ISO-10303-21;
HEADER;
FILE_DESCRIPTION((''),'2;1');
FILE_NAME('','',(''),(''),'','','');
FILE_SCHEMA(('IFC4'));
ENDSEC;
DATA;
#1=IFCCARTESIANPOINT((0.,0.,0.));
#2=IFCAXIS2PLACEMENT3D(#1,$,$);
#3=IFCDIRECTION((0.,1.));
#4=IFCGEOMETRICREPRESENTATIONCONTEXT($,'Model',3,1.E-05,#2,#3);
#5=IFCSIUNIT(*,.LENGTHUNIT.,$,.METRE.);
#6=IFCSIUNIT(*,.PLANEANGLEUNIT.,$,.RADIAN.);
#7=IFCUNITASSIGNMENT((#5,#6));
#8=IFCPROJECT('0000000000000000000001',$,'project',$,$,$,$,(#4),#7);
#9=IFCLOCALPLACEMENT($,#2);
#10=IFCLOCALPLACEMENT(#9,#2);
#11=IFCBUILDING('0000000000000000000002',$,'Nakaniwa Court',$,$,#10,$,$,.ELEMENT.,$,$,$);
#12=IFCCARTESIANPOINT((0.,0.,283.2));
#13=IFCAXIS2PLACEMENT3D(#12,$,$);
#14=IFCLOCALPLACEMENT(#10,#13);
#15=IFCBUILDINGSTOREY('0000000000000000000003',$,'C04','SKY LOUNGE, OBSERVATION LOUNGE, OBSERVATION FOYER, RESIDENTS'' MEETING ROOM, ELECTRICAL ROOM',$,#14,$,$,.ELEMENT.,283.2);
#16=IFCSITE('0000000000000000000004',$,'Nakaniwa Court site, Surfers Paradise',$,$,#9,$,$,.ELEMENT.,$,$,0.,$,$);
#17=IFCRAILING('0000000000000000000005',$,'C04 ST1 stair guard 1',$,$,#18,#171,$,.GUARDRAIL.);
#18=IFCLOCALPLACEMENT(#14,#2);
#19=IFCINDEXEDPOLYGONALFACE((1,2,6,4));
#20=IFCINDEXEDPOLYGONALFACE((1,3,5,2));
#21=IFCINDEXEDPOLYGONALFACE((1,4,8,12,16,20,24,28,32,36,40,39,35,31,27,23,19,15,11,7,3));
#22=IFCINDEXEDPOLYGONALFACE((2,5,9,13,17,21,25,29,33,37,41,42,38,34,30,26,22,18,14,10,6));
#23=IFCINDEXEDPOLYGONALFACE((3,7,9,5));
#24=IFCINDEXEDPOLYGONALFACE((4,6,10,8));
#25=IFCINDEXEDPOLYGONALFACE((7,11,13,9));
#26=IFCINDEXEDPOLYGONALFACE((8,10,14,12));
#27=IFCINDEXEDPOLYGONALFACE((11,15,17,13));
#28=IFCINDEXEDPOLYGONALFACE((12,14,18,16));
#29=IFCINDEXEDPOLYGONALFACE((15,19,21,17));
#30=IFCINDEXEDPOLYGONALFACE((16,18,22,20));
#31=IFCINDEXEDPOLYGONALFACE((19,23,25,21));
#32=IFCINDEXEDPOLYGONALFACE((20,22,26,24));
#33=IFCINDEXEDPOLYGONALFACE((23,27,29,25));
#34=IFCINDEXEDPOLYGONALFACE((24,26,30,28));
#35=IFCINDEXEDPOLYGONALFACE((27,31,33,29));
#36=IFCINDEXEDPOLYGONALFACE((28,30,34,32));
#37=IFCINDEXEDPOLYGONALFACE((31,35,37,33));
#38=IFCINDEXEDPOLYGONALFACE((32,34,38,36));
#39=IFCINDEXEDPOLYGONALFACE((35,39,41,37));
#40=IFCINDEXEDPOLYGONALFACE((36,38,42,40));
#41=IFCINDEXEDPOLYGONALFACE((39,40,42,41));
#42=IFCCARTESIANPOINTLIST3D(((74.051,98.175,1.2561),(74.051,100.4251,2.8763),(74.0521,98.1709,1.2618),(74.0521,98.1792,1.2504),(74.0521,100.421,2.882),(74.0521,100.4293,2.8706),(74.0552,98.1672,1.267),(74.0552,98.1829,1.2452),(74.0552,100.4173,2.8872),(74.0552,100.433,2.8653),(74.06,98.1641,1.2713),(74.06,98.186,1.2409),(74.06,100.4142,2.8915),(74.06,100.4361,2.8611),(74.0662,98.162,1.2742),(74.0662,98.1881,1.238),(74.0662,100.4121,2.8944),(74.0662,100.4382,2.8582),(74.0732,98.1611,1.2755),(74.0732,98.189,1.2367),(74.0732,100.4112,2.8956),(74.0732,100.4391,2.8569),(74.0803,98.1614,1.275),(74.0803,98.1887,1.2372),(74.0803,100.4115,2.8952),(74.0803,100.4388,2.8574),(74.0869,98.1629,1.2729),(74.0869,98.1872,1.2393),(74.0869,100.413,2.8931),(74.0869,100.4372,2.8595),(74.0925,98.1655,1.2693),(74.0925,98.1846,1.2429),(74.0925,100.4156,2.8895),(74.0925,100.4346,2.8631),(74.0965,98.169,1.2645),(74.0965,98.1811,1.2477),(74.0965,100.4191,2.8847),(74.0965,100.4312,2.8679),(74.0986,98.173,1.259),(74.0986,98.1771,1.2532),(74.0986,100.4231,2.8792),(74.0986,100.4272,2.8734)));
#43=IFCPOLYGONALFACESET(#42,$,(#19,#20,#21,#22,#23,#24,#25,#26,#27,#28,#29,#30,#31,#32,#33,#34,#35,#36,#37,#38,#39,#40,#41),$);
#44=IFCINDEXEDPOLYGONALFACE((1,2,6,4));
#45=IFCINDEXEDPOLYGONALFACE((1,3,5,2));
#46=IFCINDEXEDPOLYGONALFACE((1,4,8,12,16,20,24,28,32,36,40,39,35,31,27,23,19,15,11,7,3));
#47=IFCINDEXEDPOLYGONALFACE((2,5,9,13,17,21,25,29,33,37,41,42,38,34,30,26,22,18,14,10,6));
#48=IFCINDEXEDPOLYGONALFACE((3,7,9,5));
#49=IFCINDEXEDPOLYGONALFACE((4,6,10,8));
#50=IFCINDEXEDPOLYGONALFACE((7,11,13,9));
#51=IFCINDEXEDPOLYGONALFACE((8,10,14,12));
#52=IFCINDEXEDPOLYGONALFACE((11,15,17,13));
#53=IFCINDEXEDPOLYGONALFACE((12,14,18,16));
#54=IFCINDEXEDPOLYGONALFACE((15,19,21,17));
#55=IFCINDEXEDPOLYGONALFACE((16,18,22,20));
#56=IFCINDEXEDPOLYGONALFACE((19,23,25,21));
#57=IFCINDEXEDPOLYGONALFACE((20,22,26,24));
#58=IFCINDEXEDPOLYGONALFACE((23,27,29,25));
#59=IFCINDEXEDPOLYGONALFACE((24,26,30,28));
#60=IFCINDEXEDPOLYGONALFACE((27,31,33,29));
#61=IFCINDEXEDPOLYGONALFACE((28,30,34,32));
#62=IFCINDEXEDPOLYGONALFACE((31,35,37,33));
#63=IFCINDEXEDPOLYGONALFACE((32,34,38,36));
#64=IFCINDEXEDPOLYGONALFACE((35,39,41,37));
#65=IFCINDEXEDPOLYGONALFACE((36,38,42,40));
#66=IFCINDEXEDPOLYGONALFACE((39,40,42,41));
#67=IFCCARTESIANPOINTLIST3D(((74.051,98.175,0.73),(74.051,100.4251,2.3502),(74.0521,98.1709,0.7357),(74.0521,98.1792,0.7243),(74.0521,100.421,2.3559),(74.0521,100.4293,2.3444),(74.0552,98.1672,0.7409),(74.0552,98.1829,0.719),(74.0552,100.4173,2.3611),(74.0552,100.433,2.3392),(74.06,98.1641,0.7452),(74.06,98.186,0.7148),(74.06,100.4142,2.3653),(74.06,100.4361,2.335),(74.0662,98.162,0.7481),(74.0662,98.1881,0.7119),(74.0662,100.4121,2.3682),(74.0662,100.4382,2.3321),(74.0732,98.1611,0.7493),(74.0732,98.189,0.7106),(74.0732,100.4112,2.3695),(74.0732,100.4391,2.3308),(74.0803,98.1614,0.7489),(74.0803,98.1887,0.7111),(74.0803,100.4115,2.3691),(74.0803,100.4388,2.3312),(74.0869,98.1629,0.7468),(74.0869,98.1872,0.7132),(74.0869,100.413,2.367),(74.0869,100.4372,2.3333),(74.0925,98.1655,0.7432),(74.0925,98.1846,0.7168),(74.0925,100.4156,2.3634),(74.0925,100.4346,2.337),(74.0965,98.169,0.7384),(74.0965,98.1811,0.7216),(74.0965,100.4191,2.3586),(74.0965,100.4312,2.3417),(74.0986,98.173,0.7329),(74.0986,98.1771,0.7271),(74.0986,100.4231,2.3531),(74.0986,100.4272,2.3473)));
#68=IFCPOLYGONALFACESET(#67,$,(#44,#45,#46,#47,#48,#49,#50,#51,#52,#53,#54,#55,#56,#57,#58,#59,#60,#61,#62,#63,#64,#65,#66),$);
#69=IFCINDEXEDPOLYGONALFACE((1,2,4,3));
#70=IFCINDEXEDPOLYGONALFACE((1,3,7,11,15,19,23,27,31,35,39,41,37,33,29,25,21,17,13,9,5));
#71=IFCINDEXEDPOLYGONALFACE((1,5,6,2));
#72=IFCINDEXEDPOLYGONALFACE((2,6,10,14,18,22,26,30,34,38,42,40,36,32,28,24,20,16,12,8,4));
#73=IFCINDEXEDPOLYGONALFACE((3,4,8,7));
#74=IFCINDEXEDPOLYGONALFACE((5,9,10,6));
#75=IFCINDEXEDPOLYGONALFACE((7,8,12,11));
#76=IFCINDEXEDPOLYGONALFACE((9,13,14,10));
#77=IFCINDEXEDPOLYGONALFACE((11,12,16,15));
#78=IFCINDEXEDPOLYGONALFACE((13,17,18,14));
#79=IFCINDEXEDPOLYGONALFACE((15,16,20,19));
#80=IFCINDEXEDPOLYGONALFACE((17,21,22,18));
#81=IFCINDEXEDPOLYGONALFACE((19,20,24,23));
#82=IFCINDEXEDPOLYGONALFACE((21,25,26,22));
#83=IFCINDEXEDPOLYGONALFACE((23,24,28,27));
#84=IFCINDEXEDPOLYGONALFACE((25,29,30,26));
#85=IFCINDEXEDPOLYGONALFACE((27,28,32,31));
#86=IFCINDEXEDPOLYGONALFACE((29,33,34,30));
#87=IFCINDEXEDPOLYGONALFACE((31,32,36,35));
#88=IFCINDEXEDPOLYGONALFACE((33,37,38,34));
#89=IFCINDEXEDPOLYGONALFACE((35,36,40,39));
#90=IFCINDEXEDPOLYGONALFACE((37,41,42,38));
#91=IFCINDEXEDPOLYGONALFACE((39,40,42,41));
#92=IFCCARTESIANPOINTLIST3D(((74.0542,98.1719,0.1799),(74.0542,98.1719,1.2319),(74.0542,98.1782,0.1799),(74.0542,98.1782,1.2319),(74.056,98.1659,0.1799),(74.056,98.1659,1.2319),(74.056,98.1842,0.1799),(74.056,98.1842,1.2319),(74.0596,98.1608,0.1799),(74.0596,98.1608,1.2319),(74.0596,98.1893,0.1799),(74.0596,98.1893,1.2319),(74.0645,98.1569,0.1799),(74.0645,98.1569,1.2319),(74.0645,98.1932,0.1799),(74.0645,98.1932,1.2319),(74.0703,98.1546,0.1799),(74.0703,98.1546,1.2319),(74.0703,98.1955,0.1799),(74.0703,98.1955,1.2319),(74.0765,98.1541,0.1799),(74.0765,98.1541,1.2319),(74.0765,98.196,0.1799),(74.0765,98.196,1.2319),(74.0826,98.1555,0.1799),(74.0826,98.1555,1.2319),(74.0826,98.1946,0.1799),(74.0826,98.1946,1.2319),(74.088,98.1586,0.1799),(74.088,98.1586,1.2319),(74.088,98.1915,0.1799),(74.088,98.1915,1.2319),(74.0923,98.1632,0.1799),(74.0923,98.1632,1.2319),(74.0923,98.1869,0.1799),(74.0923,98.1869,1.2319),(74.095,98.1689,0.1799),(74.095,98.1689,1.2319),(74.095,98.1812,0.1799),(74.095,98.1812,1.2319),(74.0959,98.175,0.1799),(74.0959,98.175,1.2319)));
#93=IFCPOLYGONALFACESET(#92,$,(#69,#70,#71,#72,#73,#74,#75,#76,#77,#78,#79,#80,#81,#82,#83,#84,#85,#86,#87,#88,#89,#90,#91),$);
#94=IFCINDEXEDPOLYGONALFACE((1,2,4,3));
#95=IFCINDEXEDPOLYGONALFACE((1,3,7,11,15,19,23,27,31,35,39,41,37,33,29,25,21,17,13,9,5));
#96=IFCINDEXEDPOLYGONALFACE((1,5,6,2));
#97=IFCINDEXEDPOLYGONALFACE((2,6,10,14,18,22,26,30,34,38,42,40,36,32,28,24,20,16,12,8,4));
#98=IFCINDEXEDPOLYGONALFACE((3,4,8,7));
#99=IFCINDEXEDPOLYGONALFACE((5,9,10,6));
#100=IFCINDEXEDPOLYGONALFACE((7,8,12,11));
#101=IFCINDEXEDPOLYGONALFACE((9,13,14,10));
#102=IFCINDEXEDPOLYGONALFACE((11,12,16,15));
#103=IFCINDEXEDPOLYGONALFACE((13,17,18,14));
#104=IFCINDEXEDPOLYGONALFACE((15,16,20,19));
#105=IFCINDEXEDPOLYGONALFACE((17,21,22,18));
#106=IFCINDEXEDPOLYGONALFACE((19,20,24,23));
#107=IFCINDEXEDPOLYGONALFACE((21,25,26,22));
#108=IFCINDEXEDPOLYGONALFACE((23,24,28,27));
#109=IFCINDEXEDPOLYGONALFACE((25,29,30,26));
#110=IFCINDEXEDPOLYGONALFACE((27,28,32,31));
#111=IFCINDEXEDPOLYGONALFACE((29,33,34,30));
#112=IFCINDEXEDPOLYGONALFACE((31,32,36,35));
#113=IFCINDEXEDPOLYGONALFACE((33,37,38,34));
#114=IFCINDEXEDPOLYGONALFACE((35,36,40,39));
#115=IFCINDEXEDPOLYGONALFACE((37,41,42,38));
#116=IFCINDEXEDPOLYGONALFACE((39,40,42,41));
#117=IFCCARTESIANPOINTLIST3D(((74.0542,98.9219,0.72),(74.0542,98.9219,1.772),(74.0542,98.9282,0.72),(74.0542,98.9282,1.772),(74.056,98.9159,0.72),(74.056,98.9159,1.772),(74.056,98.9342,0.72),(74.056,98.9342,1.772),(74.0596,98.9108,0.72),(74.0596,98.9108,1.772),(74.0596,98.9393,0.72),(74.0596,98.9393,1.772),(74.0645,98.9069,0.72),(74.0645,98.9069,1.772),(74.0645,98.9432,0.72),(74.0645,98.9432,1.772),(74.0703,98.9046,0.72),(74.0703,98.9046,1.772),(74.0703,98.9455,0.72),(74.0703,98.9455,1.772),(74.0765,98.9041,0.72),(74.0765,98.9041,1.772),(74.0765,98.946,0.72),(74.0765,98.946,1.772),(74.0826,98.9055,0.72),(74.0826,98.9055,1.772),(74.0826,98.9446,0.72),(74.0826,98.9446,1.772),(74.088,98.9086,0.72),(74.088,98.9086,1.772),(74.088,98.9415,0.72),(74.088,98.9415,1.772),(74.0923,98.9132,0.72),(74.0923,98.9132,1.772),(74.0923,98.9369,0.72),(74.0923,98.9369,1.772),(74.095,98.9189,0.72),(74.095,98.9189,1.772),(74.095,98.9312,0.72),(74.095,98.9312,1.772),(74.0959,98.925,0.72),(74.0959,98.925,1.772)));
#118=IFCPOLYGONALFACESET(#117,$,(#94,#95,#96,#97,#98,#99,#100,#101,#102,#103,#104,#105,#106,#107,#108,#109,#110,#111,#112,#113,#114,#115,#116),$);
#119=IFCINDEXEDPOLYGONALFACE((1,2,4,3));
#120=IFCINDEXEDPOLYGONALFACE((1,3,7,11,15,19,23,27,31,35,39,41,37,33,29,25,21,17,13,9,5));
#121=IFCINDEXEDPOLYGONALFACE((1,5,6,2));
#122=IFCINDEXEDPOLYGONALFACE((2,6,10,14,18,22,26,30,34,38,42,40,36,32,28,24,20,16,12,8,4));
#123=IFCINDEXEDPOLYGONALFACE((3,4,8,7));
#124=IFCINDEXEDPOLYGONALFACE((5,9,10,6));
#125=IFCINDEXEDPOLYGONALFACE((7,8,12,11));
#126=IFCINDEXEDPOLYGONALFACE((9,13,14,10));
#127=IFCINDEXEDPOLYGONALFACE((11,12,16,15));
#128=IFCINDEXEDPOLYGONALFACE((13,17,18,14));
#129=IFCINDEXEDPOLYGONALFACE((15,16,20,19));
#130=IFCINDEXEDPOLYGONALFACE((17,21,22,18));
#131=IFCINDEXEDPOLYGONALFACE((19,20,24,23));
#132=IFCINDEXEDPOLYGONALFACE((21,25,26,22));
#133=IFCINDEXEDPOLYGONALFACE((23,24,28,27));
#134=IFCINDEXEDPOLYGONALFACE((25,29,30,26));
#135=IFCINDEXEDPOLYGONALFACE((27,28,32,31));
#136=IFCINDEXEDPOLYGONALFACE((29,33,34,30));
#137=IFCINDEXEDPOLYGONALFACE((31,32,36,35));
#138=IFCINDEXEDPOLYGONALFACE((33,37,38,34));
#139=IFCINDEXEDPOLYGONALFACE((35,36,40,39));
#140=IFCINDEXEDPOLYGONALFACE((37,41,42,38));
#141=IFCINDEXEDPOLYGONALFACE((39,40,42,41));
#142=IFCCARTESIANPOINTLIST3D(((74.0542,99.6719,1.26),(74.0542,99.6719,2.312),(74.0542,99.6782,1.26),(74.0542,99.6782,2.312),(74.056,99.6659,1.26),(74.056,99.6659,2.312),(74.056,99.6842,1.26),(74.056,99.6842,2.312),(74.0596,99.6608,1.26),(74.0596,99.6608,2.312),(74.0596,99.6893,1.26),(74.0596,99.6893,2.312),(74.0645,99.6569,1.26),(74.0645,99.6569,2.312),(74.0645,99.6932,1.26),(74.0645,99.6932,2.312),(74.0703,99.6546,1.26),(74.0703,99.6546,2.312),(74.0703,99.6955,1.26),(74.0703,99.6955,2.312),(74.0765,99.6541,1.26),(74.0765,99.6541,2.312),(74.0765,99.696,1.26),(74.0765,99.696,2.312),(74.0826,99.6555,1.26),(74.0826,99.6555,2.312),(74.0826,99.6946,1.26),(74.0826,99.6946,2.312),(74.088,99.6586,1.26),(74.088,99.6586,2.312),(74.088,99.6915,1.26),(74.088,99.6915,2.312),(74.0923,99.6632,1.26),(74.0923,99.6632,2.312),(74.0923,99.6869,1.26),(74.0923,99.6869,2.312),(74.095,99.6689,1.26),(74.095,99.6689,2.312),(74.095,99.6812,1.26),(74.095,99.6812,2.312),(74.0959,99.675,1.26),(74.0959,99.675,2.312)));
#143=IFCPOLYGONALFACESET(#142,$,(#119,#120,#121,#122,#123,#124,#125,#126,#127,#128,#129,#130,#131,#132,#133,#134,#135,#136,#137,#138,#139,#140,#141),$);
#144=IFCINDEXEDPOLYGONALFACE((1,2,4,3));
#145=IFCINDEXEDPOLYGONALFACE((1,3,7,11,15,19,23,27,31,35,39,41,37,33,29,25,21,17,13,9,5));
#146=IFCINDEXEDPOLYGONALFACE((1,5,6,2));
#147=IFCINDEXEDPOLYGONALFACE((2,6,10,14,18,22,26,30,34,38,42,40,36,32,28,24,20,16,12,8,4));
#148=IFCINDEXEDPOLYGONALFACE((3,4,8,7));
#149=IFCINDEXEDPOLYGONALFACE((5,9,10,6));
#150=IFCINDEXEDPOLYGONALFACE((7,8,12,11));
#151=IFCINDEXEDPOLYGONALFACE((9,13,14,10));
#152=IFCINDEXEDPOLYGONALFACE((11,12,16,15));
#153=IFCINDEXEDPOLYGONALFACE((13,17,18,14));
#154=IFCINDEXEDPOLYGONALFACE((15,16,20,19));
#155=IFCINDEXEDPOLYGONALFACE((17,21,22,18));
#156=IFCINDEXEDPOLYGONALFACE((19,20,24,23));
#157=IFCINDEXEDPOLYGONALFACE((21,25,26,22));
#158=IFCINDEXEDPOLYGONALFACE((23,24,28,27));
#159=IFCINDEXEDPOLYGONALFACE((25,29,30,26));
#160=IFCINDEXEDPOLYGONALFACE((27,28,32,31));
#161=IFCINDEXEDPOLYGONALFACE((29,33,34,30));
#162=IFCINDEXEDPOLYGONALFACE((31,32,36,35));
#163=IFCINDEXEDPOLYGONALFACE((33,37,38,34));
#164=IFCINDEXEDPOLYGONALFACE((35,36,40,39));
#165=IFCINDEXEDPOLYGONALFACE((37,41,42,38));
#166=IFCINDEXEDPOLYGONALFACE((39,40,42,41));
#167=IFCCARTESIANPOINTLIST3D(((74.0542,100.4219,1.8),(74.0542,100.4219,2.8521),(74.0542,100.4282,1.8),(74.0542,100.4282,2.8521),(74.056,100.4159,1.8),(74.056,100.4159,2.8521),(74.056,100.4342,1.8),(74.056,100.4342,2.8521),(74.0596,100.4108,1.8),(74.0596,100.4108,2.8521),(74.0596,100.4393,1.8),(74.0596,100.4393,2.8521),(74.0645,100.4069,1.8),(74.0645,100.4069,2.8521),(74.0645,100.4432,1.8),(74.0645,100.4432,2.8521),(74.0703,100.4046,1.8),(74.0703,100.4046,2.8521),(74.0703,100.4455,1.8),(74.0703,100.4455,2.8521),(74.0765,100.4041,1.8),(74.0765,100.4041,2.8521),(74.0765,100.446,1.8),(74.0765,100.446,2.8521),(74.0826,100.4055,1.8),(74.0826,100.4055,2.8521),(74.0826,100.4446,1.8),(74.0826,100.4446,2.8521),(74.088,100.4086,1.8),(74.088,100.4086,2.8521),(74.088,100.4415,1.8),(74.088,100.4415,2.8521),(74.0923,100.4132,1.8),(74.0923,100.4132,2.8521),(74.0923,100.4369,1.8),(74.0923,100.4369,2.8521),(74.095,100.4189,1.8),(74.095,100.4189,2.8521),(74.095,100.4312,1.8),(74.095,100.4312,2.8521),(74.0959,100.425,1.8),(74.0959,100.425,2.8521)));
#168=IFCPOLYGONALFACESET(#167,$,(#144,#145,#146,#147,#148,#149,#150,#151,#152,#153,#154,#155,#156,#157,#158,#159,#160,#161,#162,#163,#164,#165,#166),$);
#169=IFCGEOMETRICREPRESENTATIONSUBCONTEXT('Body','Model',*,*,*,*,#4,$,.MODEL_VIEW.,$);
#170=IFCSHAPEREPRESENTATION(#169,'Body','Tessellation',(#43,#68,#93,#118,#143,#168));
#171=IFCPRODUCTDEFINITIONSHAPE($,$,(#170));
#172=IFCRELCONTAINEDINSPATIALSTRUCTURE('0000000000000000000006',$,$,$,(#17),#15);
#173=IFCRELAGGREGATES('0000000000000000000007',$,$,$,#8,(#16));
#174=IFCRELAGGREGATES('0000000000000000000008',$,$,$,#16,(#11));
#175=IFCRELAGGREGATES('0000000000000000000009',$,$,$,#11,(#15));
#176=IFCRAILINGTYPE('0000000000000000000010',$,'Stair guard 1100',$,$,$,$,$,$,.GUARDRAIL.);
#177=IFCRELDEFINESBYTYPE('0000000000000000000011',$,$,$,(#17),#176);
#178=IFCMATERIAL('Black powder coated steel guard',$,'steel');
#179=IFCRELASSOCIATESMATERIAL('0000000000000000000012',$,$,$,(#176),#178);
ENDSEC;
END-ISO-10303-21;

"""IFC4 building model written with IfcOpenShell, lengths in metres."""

from ifc_helpers import new_model, si_unit, direction, frame, origin, origin_2d, place, context, subcontext, project, spatial, circle, extrude, material, type_object, element, save


model = new_model("IFC4")

# Units and contexts
model_context = context("Model", 3, precision=1e-05, world=origin(), true_north=direction((0.0, 1.0)))
body_context = subcontext(model_context, "Body", "Model", "MODEL_VIEW")
ifc_project = project(units=[si_unit("LENGTHUNIT", "METRE"), si_unit("PLANEANGLEUNIT", "RADIAN")], contexts=[model_context])

# Site, building, storey
site_placement = place(None, origin())
site = spatial("IfcSite", under=ifc_project, at=site_placement, Name="Nakaniwa Court site, Surfers Paradise", CompositionType="ELEMENT", RefElevation=0.0)
building_placement = place(site_placement, origin())
building = spatial("IfcBuilding", under=site, at=building_placement, Name="Nakaniwa Court", CompositionType="ELEMENT")
storey_placement = place(building_placement, frame((0.0, 0.0, 283.2)))
storey = spatial("IfcBuildingStorey", under=building, at=storey_placement, Name="C04", Description="SKY LOUNGE, OBSERVATION LOUNGE, OBSERVATION FOYER, RESIDENTS' MEETING ROOM, ELECTRICAL ROOM", CompositionType="ELEMENT", Elevation=283.2)

# Railing
ifc_material_1 = material(Name="Black powder coated steel guard", Category="steel")
railing_type_1 = type_object("IfcRailingType", Name="Stair guard 1100", PredefinedType="GUARDRAIL", material=ifc_material_1)
railing_1_placement = place(storey_placement, frame((74.075, 98.175, 0.1799)))
element("IfcRailing", 1, at=railing_1_placement, inside=storey, type_object=railing_type_1, Name="C04 ST1 stair guard 1", PredefinedType="GUARDRAIL", context=body_context, shape_type="SweptSolid", body=[
    extrude(circle(Radius=0.0239, at=origin_2d()), frame((0.0, 0.0, 1.0762), z_axis=(0.0, 0.811514, 0.584333), x_axis=(-1.0, 0.0, 0.0)), (0.0, 0.0, 1.0), 2.7727),
    extrude(circle(Radius=0.0239, at=origin_2d()), frame((0.0, 0.0, 0.55), z_axis=(0.0, 0.811514, 0.584333), x_axis=(-1.0, 0.0, 0.0)), (0.0, 0.0, 1.0), 2.7727),
    extrude(circle(Radius=0.021, at=origin_2d()), origin(), (0.0, 0.0, 1.0), 1.052),
    extrude(circle(Radius=0.021, at=origin_2d()), frame((0.0, 0.75, 0.54)), (0.0, 0.0, 1.0), 1.052),
    extrude(circle(Radius=0.021, at=origin_2d()), frame((0.0, 1.5, 1.0801)), (0.0, 0.0, 1.0), 1.052),
    extrude(circle(Radius=0.021, at=origin_2d()), frame((0.0, 2.25, 1.6201)), (0.0, 0.0, 1.0), 1.052),
])

save(model, "model.ifc")
